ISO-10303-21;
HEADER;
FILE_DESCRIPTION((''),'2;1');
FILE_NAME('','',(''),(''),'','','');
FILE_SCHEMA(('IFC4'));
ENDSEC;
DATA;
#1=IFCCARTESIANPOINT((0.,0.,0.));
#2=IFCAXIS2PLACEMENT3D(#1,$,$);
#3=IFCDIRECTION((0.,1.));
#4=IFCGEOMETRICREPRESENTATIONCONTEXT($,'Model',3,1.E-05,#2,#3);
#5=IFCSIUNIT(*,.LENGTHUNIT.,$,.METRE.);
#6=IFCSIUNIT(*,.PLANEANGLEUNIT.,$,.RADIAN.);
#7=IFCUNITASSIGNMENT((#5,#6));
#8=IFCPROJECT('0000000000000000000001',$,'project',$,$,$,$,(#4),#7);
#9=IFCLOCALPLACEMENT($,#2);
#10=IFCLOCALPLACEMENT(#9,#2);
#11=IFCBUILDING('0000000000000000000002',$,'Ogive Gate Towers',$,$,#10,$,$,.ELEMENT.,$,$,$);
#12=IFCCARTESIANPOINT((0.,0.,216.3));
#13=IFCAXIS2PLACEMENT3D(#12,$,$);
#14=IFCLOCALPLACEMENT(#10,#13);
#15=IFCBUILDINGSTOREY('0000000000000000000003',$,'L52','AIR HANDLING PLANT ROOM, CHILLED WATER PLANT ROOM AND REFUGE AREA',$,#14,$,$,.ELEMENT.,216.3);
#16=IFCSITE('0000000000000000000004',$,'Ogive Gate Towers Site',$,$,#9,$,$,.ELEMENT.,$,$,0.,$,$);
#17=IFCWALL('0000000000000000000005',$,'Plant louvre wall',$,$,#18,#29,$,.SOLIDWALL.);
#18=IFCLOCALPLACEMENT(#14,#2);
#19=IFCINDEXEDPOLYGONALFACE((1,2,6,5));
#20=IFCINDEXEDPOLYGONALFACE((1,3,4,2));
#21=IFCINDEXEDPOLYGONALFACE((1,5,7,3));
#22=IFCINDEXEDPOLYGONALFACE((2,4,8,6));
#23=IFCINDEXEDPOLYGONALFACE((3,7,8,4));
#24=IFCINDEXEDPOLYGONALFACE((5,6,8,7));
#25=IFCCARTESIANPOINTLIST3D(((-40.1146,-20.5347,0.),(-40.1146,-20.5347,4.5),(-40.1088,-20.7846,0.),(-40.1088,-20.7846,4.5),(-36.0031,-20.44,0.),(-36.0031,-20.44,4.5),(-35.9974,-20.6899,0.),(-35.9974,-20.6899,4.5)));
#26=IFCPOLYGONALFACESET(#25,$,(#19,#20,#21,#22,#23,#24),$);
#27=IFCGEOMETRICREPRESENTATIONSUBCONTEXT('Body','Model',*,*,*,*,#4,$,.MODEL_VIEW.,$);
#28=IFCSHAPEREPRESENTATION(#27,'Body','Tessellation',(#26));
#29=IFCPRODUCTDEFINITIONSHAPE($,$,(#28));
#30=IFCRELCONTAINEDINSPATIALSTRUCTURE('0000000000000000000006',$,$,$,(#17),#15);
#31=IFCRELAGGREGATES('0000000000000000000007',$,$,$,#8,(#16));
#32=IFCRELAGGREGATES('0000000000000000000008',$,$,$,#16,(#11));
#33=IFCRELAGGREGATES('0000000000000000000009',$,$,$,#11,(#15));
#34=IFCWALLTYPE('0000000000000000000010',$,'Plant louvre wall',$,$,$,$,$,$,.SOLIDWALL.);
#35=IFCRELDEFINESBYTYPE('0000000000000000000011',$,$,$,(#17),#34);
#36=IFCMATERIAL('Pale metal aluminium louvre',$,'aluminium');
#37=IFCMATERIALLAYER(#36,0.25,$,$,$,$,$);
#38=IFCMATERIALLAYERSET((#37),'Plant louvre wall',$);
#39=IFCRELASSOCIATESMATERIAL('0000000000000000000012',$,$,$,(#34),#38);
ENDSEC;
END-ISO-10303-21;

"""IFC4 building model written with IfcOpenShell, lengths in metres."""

from ifc_helpers import new_model, si_unit, direction, frame, frame_2d, origin, place, context, subcontext, project, spatial, rectangle, extrude, material, layer, layer_set, type_object, element, save


model = new_model("IFC4")

# Units and contexts
model_context = context("Model", 3, precision=1e-05, world=origin(), true_north=direction((0.0, 1.0)))
body_context = subcontext(model_context, "Body", "Model", "MODEL_VIEW")
ifc_project = project(units=[si_unit("LENGTHUNIT", "METRE"), si_unit("PLANEANGLEUNIT", "RADIAN")], contexts=[model_context])

# Site, building, storey
site_placement = place(None, origin())
site = spatial("IfcSite", under=ifc_project, at=site_placement, Name="Ogive Gate Towers Site", CompositionType="ELEMENT", RefElevation=0.0)
building_placement = place(site_placement, origin())
building = spatial("IfcBuilding", under=site, at=building_placement, Name="Ogive Gate Towers", CompositionType="ELEMENT")
storey_placement = place(building_placement, frame((0.0, 0.0, 216.3)))
storey = spatial("IfcBuildingStorey", under=building, at=storey_placement, Name="L52", Description="AIR HANDLING PLANT ROOM, CHILLED WATER PLANT ROOM AND REFUGE AREA", CompositionType="ELEMENT", Elevation=216.3)

# Wall
ifc_material_1 = material(Name="Pale metal aluminium louvre", Category="aluminium")
ifc_layer_1 = layer(ifc_material_1, 0.25)
ifc_layer_set_1 = layer_set([ifc_layer_1], Name="Plant louvre wall")
wall_type_1 = type_object("IfcWallType", Name="Plant louvre wall", PredefinedType="SOLIDWALL", material=ifc_layer_set_1)
wall_1_placement = place(storey_placement, frame((-40.1116, -20.6597, 0.0), z_axis=(0.0, 0.0, 1.0), x_axis=(0.999735, 0.023033, 0.0)))
element("IfcWall", 1, at=wall_1_placement, inside=storey, type_object=wall_type_1, Name="Plant louvre wall", PredefinedType="SOLIDWALL", context=body_context, shape_type="SweptSolid", body=[
    extrude(rectangle(XDim=4.1125, YDim=0.25, at=frame_2d((2.0562, 0.0))), origin(), (0.0, 0.0, 1.0), 4.5),
])

save(model, "model.ifc")
